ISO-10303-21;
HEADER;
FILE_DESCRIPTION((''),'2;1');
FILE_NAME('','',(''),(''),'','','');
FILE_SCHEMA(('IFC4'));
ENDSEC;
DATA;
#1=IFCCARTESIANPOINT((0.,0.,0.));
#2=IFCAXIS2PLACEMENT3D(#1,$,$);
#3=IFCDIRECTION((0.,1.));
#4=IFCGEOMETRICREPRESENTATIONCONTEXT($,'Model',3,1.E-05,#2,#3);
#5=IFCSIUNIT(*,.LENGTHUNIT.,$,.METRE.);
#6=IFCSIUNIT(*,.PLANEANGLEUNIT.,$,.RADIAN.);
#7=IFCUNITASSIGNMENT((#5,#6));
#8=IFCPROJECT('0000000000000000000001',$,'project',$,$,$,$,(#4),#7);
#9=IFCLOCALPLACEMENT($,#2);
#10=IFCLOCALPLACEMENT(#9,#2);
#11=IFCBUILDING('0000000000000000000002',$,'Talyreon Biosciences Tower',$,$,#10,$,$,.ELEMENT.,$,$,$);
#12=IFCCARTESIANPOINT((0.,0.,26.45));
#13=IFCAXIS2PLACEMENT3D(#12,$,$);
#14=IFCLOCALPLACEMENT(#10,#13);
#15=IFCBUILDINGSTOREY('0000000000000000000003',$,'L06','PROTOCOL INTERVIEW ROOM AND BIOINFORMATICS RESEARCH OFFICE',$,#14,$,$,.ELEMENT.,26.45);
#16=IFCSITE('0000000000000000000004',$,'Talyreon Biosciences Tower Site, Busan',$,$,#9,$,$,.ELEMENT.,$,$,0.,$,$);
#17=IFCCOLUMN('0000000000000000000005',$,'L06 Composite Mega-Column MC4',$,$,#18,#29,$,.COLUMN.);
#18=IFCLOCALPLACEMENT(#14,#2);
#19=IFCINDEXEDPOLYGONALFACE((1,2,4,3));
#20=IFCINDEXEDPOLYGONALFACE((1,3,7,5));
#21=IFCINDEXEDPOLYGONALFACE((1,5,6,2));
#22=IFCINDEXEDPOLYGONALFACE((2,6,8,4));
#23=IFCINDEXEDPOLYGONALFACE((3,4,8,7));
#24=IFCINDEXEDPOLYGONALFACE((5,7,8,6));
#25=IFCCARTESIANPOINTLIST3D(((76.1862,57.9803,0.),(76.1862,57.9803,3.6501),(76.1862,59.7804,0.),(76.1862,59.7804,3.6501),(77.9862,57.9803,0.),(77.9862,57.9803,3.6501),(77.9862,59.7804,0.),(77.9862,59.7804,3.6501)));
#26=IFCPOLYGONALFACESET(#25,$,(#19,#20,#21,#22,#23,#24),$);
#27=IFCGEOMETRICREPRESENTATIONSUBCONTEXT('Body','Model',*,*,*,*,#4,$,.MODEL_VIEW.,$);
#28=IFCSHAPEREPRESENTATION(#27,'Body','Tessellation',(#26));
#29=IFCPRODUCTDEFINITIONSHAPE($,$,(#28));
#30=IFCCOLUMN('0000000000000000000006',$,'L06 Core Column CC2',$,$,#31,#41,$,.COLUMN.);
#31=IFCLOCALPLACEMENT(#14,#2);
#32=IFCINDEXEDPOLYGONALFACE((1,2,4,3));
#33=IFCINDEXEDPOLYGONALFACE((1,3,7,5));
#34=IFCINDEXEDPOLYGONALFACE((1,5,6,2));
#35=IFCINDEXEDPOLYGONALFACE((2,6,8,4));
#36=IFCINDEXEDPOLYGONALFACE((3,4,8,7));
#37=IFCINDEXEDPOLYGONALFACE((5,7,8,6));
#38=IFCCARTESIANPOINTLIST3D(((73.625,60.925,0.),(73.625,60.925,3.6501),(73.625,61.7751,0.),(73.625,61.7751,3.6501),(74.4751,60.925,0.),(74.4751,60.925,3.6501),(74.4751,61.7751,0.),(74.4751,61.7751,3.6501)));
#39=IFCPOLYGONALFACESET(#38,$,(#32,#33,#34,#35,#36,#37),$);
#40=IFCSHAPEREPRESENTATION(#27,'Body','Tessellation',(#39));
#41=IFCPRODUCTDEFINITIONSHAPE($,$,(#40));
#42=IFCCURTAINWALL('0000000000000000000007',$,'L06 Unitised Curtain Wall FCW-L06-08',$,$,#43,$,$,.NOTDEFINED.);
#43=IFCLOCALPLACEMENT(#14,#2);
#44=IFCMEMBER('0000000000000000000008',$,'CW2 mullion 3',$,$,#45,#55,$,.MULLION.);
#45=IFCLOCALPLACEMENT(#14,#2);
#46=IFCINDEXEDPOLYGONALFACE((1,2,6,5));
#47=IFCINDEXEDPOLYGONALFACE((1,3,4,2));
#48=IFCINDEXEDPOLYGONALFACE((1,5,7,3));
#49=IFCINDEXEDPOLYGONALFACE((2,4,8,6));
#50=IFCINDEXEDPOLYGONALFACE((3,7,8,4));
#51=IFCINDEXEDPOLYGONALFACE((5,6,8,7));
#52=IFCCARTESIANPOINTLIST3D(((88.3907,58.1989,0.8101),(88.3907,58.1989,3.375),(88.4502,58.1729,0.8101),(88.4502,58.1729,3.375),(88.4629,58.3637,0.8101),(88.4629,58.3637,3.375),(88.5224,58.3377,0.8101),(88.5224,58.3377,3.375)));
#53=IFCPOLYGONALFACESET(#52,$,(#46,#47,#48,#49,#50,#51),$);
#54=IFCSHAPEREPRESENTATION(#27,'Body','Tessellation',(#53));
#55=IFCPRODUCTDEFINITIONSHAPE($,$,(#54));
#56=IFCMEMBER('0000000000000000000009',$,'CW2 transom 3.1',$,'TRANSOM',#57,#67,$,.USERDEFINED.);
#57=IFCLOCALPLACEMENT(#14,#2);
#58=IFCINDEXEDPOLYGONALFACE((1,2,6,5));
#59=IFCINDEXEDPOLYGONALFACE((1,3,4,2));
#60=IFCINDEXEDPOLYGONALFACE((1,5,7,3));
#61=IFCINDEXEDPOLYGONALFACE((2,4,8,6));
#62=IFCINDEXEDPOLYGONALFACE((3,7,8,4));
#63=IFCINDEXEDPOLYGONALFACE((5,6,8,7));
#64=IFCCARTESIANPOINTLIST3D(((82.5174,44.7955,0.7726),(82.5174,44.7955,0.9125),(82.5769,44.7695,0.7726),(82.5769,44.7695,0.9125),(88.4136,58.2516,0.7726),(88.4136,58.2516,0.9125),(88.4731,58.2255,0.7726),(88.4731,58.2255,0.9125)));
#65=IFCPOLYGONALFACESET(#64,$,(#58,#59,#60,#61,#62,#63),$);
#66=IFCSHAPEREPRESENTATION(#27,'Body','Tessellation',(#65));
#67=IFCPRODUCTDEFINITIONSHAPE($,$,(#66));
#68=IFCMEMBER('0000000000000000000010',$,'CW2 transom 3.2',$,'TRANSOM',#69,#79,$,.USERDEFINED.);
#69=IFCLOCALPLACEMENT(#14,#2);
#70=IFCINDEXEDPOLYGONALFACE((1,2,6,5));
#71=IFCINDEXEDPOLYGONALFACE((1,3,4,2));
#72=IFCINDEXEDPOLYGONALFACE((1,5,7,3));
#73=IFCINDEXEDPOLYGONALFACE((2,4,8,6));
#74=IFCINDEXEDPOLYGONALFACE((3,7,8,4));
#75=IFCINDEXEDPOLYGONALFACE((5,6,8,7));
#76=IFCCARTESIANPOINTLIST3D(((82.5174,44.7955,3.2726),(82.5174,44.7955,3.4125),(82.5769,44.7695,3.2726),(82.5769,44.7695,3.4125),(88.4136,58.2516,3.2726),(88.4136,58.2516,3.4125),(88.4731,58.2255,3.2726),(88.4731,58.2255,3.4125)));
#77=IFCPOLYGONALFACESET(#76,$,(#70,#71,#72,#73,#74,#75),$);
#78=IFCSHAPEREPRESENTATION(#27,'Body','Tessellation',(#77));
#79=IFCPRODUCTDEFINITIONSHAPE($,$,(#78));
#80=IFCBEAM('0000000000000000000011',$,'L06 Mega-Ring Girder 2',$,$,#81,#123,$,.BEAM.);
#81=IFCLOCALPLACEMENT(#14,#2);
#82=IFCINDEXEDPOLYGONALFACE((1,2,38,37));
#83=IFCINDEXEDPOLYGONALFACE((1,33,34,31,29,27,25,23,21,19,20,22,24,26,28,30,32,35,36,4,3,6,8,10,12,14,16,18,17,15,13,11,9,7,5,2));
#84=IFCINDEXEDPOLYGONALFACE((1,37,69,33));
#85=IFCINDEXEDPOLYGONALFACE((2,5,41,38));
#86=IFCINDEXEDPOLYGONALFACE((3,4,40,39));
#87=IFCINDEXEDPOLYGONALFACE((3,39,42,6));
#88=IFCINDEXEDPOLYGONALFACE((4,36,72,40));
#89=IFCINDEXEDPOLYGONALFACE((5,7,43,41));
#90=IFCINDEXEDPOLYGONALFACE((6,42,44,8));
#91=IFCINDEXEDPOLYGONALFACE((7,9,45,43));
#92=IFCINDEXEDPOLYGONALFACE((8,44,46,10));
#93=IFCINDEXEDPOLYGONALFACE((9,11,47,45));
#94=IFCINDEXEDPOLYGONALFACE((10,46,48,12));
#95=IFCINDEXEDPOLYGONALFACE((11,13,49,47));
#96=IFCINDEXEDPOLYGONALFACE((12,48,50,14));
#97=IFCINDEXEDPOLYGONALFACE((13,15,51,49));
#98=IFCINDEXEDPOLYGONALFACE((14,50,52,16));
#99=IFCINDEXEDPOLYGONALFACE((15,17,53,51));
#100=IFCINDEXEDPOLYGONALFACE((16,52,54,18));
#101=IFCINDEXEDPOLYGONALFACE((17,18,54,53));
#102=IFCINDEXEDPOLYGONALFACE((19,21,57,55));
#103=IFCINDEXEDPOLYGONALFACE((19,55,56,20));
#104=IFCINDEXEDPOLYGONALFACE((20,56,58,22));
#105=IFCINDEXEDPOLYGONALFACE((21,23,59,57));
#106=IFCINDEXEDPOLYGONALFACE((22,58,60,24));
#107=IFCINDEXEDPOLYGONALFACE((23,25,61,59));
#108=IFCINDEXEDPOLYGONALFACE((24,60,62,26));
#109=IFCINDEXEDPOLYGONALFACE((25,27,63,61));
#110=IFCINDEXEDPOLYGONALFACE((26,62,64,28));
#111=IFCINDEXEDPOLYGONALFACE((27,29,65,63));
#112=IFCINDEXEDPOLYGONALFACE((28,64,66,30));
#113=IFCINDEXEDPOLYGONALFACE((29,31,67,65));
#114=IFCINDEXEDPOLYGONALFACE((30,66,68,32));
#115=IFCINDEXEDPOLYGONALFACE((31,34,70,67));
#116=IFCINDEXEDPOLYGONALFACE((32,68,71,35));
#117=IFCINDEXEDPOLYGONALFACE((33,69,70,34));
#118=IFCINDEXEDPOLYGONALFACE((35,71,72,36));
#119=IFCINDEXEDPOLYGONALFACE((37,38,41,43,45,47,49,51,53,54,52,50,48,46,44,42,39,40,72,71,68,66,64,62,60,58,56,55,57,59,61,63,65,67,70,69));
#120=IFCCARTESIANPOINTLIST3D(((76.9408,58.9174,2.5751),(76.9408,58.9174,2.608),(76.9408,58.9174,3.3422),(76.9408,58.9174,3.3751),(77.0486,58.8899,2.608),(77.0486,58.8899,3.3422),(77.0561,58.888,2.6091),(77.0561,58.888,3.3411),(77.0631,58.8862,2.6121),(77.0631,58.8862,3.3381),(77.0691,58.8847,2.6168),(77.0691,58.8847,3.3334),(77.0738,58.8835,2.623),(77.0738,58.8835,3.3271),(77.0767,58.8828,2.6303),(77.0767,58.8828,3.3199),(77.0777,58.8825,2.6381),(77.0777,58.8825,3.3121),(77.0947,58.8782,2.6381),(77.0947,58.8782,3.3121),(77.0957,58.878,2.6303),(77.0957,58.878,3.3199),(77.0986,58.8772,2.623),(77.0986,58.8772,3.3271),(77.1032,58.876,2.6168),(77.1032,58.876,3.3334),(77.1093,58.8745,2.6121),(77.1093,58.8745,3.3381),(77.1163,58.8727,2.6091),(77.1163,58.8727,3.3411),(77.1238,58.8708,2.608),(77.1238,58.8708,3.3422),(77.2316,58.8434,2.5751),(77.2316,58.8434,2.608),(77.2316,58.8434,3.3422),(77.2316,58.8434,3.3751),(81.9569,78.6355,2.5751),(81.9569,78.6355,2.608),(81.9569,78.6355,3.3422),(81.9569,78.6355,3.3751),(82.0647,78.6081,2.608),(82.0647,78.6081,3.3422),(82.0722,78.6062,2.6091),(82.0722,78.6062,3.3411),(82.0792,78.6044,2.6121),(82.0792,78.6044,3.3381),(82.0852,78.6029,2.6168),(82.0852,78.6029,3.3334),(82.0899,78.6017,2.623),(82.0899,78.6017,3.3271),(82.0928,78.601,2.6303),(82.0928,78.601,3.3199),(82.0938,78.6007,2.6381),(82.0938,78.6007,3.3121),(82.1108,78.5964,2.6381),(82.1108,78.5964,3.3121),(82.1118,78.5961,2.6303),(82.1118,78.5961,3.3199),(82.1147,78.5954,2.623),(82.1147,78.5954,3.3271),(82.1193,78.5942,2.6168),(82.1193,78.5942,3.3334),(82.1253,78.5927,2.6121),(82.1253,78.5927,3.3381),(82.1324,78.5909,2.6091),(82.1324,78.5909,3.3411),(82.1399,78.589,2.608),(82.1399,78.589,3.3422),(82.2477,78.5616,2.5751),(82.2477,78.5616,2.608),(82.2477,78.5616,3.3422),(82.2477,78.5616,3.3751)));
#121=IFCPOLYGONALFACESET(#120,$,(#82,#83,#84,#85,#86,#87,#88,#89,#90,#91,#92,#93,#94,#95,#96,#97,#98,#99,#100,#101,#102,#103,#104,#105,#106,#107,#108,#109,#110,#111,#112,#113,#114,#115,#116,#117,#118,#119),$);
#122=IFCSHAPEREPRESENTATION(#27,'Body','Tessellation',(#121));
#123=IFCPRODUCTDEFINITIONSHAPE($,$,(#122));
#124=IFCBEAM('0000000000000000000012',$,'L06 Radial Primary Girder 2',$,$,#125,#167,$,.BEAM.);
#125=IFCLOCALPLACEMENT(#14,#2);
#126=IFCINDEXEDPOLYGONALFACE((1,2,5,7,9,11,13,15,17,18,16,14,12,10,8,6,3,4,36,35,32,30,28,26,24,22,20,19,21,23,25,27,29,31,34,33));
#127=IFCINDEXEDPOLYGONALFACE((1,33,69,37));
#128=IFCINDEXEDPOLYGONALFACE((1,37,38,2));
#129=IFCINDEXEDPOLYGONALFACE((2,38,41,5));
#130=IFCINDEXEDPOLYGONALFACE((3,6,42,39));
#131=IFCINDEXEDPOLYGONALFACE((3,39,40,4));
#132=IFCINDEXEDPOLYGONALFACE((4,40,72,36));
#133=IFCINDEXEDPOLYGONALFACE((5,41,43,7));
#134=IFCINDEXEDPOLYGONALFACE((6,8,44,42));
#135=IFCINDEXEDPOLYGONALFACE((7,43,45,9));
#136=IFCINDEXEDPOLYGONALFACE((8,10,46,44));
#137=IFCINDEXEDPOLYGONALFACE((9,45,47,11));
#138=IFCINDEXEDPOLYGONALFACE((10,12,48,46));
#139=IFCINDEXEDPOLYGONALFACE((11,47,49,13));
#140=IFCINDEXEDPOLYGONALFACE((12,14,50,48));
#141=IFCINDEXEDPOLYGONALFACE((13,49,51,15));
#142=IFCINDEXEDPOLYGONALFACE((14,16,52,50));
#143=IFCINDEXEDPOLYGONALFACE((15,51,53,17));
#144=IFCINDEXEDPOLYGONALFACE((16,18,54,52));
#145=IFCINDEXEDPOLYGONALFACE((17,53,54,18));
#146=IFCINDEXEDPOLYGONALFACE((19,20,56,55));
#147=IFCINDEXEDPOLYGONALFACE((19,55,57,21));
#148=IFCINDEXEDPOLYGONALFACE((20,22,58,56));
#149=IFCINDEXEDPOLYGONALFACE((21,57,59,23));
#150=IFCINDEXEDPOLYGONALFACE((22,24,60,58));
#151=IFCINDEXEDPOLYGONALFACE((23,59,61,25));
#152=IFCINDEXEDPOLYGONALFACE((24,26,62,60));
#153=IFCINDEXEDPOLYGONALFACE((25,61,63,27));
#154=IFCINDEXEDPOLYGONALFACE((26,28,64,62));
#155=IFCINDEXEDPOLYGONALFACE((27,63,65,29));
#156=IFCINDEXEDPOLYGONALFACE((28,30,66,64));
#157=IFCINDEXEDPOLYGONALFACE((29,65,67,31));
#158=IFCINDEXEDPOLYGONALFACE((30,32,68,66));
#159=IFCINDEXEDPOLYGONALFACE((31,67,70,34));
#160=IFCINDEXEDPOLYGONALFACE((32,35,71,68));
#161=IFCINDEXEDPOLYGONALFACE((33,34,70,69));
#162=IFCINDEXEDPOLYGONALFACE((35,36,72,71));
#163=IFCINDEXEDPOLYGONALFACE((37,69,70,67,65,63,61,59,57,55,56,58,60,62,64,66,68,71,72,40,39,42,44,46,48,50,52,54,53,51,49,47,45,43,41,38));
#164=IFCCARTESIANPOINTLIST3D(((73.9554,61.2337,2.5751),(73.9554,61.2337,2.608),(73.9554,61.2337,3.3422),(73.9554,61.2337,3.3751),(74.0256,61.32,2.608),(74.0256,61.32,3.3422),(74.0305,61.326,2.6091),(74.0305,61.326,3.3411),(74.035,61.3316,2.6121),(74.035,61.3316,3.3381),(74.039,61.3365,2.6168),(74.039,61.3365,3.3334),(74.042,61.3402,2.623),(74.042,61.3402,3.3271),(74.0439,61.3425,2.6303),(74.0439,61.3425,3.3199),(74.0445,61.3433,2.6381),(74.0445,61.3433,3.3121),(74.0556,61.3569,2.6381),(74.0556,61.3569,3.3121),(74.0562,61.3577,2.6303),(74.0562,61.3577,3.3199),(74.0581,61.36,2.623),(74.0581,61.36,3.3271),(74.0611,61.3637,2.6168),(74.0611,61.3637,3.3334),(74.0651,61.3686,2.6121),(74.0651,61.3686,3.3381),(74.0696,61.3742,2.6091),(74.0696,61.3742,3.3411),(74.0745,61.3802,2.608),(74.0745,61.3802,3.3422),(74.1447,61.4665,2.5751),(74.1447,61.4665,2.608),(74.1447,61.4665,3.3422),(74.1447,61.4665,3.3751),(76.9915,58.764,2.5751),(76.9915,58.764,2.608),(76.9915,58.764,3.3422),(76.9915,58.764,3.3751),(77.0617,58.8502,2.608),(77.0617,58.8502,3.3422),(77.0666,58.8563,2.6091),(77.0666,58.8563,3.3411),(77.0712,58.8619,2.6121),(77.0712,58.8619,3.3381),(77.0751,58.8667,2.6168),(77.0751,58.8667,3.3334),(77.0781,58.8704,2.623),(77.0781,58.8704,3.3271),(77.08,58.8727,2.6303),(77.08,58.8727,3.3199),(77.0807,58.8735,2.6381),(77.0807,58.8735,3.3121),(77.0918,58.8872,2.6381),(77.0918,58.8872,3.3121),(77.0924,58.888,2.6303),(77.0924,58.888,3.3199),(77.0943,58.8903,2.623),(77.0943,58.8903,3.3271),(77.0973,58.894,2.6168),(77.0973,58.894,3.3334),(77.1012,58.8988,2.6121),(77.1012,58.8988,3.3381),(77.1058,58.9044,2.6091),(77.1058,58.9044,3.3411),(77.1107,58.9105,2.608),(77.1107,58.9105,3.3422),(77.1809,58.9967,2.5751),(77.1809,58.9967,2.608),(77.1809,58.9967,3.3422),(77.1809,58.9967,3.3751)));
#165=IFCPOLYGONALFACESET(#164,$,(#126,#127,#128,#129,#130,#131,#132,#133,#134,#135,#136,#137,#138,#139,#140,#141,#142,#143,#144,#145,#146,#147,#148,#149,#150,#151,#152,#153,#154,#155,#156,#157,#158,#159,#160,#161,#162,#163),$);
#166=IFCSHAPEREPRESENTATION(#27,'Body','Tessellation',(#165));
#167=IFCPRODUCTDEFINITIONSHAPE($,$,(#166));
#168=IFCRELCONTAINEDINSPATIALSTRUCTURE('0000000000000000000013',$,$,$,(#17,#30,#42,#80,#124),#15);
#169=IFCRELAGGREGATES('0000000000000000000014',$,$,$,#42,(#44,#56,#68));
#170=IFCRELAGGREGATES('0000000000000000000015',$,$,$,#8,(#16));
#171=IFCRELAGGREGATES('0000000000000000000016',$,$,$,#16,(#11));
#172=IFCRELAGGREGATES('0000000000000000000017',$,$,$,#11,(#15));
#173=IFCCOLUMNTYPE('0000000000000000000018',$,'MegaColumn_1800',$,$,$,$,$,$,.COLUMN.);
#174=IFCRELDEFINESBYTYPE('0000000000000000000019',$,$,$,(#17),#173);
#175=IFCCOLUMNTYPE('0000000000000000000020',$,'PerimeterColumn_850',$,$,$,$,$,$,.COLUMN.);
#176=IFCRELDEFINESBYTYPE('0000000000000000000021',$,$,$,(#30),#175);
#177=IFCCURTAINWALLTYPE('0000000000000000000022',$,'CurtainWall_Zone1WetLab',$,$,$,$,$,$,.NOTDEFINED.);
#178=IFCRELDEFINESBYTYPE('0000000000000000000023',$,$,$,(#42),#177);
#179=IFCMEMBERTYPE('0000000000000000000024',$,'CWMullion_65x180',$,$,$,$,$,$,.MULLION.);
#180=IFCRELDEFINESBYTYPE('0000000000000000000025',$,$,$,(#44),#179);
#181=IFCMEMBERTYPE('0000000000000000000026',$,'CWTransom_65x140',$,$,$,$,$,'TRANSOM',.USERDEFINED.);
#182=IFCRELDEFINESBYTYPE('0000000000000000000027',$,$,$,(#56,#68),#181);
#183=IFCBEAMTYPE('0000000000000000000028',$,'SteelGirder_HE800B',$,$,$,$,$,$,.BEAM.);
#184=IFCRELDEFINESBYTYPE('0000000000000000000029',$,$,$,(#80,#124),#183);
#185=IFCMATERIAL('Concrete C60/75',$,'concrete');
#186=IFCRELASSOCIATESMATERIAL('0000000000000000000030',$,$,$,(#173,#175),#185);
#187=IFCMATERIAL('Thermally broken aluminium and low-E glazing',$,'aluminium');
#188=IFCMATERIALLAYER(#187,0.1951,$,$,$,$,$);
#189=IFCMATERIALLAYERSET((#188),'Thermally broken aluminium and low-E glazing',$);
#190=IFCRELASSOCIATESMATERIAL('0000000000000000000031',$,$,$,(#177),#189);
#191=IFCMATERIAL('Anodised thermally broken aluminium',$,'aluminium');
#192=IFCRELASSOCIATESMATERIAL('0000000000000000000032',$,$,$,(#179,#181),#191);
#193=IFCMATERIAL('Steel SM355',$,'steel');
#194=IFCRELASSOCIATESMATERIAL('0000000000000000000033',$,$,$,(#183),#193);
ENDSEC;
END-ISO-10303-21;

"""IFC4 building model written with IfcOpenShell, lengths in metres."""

from ifc_helpers import new_model, si_unit, direction, frame, origin, origin_2d, place, context, subcontext, project, spatial, rectangle, i_section, extrude, material, layer, layer_set, material_profile, profile_set, type_object, element, aggregate, save


model = new_model("IFC4")

# Units and contexts
model_context = context("Model", 3, precision=1e-05, world=origin(), true_north=direction((0.0, 1.0)))
body_context = subcontext(model_context, "Body", "Model", "MODEL_VIEW")
ifc_project = project(units=[si_unit("LENGTHUNIT", "METRE"), si_unit("PLANEANGLEUNIT", "RADIAN")], contexts=[model_context])

# Site, building, storey
site_placement = place(None, origin())
site = spatial("IfcSite", under=ifc_project, at=site_placement, Name="Talyreon Biosciences Tower Site, Busan", CompositionType="ELEMENT", RefElevation=0.0)
building_placement = place(site_placement, origin())
building = spatial("IfcBuilding", under=site, at=building_placement, Name="Talyreon Biosciences Tower", CompositionType="ELEMENT")
storey_placement = place(building_placement, frame((0.0, 0.0, 26.45)))
storey = spatial("IfcBuildingStorey", under=building, at=storey_placement, Name="L06", Description="PROTOCOL INTERVIEW ROOM AND BIOINFORMATICS RESEARCH OFFICE", CompositionType="ELEMENT", Elevation=26.45)

# Columns
ifc_material_1 = material(Name="Concrete C60/75", Category="concrete")
ifc_material_profile_1 = material_profile(ifc_material_1, rectangle(XDim=1.8, YDim=1.8, at=origin_2d()), Name="RC 1800x1800")
ifc_profile_set_1 = profile_set([ifc_material_profile_1], Name="Concrete C60/75")
column_type_1 = type_object("IfcColumnType", Name="MegaColumn_1800", PredefinedType="COLUMN", material=ifc_profile_set_1)
column_1_placement = place(storey_placement, frame((77.0862, 58.8804, 0.0), z_axis=(0.0, 0.0, 1.0), x_axis=(1.0, 0.0, 0.0)))
element("IfcColumn", 1, at=column_1_placement, inside=storey, type_object=column_type_1, Name="L06 Composite Mega-Column MC4", PredefinedType="COLUMN", context=body_context, shape_type="SweptSolid", body=[
    extrude(rectangle(XDim=1.8, YDim=1.8, at=origin_2d()), origin(), (0.0, 0.0, 1.0), 3.6501),
])
ifc_material_profile_2 = material_profile(ifc_material_1, rectangle(XDim=0.8501, YDim=0.8501, at=origin_2d()), Name="RC 850x850")
ifc_profile_set_2 = profile_set([ifc_material_profile_2], Name="Concrete C60/75")
column_type_2 = type_object("IfcColumnType", Name="PerimeterColumn_850", PredefinedType="COLUMN", material=ifc_profile_set_2)
column_2_placement = place(storey_placement, frame((74.05, 61.3501, 0.0), z_axis=(0.0, 0.0, 1.0), x_axis=(1.0, 0.0, 0.0)))
element("IfcColumn", 2, at=column_2_placement, inside=storey, type_object=column_type_2, Name="L06 Core Column CC2", PredefinedType="COLUMN", context=body_context, shape_type="SweptSolid", body=[
    extrude(rectangle(XDim=0.8501, YDim=0.8501, at=origin_2d()), origin(), (0.0, 0.0, 1.0), 3.6501),
])

# Curtain wall, members
ifc_material_2 = material(Name="Thermally broken aluminium and low-E glazing", Category="aluminium")
ifc_layer_1 = layer(ifc_material_2, 0.1951)
ifc_layer_set_1 = layer_set([ifc_layer_1], Name="Thermally broken aluminium and low-E glazing")
curtain_wall_type = type_object("IfcCurtainWallType", Name="CurtainWall_Zone1WetLab", PredefinedType="NOTDEFINED", material=ifc_layer_set_1)
curtain_wall_placement = place(storey_placement, origin())
curtain_wall = element("IfcCurtainWall", 3, at=curtain_wall_placement, inside=storey, type_object=curtain_wall_type, Name="L06 Unitised Curtain Wall FCW-L06-08", PredefinedType="NOTDEFINED")
ifc_material_3 = material(Name="Anodised thermally broken aluminium", Category="aluminium")
ifc_material_profile_3 = material_profile(ifc_material_3, rectangle(XDim=0.0649, YDim=0.1799, at=origin_2d()), Name="ALUM MULLION 65x180")
ifc_profile_set_3 = profile_set([ifc_material_profile_3], Name="Anodised thermally broken aluminium")
member_type_1 = type_object("IfcMemberType", Name="CWMullion_65x180", PredefinedType="MULLION", material=ifc_profile_set_3)
member_1_placement = place(storey_placement, frame((88.4565, 58.2683, 0.8101), z_axis=(0.0, 0.0, 1.0), x_axis=(0.915927, -0.401345, 0.0)))
member_1 = element("IfcMember", 4, at=member_1_placement, type_object=member_type_1, Name="CW2 mullion 3", PredefinedType="MULLION", context=body_context, shape_type="SweptSolid", body=[
    extrude(rectangle(XDim=0.0649, YDim=0.1799, at=origin_2d()), origin(), (0.0, 0.0, 1.0), 2.5649),
])
ifc_material_profile_4 = material_profile(ifc_material_3, rectangle(XDim=0.0649, YDim=0.1399, at=origin_2d()), Name="ALUM TRANSOM 65x140")
ifc_profile_set_4 = profile_set([ifc_material_profile_4], Name="Anodised thermally broken aluminium")
member_type_2 = type_object("IfcMemberType", Name="CWTransom_65x140", ElementType="TRANSOM", PredefinedType="USERDEFINED", material=ifc_profile_set_4)
member_2_placement = place(storey_placement, frame((88.4434, 58.2385, 0.8425), z_axis=(-0.401345, -0.915927, 0.0), x_axis=(0.915927, -0.401345, 0.0)))
member_2 = element("IfcMember", 5, at=member_2_placement, type_object=member_type_2, Name="CW2 transom 3.1", ObjectType="TRANSOM", PredefinedType="USERDEFINED", context=body_context, shape_type="SweptSolid", body=[
    extrude(rectangle(XDim=0.0649, YDim=0.1399, at=origin_2d()), origin(), (0.0, 0.0, 1.0), 14.6912),
])
member_3_placement = place(storey_placement, frame((88.4434, 58.2385, 3.3425), z_axis=(-0.401345, -0.915927, 0.0), x_axis=(0.915927, -0.401345, 0.0)))
member_3 = element("IfcMember", 6, at=member_3_placement, type_object=member_type_2, Name="CW2 transom 3.2", ObjectType="TRANSOM", PredefinedType="USERDEFINED", context=body_context, shape_type="SweptSolid", body=[
    extrude(rectangle(XDim=0.0649, YDim=0.1399, at=origin_2d()), origin(), (0.0, 0.0, 1.0), 14.6912),
])

# Beams
ifc_material_4 = material(Name="Steel SM355", Category="steel")
ifc_material_profile_5 = material_profile(ifc_material_4, i_section(OverallWidth=0.3, OverallDepth=0.8, WebThickness=0.0176, FlangeThickness=0.033, FilletRadius=0.03, at=origin_2d()), Name="HE800B")
ifc_profile_set_5 = profile_set([ifc_material_profile_5], Name="Steel SM355")
beam_type_1 = type_object("IfcBeamType", Name="SteelGirder_HE800B", PredefinedType="BEAM", material=ifc_profile_set_5)
beam_1_placement = place(storey_placement, frame((77.0862, 58.8804, 2.9751), z_axis=(0.246537, 0.969133, 0.0), x_axis=(-0.969133, 0.246537, 0.0)))
element("IfcBeam", 7, at=beam_1_placement, inside=storey, type_object=beam_type_1, Name="L06 Mega-Ring Girder 2", PredefinedType="BEAM", context=body_context, shape_type="SweptSolid", body=[
    extrude(i_section(OverallWidth=0.3, OverallDepth=0.8, WebThickness=0.0176, FlangeThickness=0.033, FilletRadius=0.03, at=origin_2d()), origin(), (0.0, 0.0, 1.0), 20.3462),
])
beam_2_placement = place(storey_placement, frame((74.05, 61.3501, 2.9751), z_axis=(0.775755, -0.631034, 0.0), x_axis=(0.631034, 0.775755, 0.0)))
element("IfcBeam", 8, at=beam_2_placement, inside=storey, type_object=beam_type_1, Name="L06 Radial Primary Girder 2", PredefinedType="BEAM", context=body_context, shape_type="SweptSolid", body=[
    extrude(i_section(OverallWidth=0.3, OverallDepth=0.8, WebThickness=0.0176, FlangeThickness=0.033, FilletRadius=0.03, at=origin_2d()), origin(), (0.0, 0.0, 1.0), 3.9138),
])

aggregate(curtain_wall, [member_1, member_2, member_3])

save(model, "model.ifc")
